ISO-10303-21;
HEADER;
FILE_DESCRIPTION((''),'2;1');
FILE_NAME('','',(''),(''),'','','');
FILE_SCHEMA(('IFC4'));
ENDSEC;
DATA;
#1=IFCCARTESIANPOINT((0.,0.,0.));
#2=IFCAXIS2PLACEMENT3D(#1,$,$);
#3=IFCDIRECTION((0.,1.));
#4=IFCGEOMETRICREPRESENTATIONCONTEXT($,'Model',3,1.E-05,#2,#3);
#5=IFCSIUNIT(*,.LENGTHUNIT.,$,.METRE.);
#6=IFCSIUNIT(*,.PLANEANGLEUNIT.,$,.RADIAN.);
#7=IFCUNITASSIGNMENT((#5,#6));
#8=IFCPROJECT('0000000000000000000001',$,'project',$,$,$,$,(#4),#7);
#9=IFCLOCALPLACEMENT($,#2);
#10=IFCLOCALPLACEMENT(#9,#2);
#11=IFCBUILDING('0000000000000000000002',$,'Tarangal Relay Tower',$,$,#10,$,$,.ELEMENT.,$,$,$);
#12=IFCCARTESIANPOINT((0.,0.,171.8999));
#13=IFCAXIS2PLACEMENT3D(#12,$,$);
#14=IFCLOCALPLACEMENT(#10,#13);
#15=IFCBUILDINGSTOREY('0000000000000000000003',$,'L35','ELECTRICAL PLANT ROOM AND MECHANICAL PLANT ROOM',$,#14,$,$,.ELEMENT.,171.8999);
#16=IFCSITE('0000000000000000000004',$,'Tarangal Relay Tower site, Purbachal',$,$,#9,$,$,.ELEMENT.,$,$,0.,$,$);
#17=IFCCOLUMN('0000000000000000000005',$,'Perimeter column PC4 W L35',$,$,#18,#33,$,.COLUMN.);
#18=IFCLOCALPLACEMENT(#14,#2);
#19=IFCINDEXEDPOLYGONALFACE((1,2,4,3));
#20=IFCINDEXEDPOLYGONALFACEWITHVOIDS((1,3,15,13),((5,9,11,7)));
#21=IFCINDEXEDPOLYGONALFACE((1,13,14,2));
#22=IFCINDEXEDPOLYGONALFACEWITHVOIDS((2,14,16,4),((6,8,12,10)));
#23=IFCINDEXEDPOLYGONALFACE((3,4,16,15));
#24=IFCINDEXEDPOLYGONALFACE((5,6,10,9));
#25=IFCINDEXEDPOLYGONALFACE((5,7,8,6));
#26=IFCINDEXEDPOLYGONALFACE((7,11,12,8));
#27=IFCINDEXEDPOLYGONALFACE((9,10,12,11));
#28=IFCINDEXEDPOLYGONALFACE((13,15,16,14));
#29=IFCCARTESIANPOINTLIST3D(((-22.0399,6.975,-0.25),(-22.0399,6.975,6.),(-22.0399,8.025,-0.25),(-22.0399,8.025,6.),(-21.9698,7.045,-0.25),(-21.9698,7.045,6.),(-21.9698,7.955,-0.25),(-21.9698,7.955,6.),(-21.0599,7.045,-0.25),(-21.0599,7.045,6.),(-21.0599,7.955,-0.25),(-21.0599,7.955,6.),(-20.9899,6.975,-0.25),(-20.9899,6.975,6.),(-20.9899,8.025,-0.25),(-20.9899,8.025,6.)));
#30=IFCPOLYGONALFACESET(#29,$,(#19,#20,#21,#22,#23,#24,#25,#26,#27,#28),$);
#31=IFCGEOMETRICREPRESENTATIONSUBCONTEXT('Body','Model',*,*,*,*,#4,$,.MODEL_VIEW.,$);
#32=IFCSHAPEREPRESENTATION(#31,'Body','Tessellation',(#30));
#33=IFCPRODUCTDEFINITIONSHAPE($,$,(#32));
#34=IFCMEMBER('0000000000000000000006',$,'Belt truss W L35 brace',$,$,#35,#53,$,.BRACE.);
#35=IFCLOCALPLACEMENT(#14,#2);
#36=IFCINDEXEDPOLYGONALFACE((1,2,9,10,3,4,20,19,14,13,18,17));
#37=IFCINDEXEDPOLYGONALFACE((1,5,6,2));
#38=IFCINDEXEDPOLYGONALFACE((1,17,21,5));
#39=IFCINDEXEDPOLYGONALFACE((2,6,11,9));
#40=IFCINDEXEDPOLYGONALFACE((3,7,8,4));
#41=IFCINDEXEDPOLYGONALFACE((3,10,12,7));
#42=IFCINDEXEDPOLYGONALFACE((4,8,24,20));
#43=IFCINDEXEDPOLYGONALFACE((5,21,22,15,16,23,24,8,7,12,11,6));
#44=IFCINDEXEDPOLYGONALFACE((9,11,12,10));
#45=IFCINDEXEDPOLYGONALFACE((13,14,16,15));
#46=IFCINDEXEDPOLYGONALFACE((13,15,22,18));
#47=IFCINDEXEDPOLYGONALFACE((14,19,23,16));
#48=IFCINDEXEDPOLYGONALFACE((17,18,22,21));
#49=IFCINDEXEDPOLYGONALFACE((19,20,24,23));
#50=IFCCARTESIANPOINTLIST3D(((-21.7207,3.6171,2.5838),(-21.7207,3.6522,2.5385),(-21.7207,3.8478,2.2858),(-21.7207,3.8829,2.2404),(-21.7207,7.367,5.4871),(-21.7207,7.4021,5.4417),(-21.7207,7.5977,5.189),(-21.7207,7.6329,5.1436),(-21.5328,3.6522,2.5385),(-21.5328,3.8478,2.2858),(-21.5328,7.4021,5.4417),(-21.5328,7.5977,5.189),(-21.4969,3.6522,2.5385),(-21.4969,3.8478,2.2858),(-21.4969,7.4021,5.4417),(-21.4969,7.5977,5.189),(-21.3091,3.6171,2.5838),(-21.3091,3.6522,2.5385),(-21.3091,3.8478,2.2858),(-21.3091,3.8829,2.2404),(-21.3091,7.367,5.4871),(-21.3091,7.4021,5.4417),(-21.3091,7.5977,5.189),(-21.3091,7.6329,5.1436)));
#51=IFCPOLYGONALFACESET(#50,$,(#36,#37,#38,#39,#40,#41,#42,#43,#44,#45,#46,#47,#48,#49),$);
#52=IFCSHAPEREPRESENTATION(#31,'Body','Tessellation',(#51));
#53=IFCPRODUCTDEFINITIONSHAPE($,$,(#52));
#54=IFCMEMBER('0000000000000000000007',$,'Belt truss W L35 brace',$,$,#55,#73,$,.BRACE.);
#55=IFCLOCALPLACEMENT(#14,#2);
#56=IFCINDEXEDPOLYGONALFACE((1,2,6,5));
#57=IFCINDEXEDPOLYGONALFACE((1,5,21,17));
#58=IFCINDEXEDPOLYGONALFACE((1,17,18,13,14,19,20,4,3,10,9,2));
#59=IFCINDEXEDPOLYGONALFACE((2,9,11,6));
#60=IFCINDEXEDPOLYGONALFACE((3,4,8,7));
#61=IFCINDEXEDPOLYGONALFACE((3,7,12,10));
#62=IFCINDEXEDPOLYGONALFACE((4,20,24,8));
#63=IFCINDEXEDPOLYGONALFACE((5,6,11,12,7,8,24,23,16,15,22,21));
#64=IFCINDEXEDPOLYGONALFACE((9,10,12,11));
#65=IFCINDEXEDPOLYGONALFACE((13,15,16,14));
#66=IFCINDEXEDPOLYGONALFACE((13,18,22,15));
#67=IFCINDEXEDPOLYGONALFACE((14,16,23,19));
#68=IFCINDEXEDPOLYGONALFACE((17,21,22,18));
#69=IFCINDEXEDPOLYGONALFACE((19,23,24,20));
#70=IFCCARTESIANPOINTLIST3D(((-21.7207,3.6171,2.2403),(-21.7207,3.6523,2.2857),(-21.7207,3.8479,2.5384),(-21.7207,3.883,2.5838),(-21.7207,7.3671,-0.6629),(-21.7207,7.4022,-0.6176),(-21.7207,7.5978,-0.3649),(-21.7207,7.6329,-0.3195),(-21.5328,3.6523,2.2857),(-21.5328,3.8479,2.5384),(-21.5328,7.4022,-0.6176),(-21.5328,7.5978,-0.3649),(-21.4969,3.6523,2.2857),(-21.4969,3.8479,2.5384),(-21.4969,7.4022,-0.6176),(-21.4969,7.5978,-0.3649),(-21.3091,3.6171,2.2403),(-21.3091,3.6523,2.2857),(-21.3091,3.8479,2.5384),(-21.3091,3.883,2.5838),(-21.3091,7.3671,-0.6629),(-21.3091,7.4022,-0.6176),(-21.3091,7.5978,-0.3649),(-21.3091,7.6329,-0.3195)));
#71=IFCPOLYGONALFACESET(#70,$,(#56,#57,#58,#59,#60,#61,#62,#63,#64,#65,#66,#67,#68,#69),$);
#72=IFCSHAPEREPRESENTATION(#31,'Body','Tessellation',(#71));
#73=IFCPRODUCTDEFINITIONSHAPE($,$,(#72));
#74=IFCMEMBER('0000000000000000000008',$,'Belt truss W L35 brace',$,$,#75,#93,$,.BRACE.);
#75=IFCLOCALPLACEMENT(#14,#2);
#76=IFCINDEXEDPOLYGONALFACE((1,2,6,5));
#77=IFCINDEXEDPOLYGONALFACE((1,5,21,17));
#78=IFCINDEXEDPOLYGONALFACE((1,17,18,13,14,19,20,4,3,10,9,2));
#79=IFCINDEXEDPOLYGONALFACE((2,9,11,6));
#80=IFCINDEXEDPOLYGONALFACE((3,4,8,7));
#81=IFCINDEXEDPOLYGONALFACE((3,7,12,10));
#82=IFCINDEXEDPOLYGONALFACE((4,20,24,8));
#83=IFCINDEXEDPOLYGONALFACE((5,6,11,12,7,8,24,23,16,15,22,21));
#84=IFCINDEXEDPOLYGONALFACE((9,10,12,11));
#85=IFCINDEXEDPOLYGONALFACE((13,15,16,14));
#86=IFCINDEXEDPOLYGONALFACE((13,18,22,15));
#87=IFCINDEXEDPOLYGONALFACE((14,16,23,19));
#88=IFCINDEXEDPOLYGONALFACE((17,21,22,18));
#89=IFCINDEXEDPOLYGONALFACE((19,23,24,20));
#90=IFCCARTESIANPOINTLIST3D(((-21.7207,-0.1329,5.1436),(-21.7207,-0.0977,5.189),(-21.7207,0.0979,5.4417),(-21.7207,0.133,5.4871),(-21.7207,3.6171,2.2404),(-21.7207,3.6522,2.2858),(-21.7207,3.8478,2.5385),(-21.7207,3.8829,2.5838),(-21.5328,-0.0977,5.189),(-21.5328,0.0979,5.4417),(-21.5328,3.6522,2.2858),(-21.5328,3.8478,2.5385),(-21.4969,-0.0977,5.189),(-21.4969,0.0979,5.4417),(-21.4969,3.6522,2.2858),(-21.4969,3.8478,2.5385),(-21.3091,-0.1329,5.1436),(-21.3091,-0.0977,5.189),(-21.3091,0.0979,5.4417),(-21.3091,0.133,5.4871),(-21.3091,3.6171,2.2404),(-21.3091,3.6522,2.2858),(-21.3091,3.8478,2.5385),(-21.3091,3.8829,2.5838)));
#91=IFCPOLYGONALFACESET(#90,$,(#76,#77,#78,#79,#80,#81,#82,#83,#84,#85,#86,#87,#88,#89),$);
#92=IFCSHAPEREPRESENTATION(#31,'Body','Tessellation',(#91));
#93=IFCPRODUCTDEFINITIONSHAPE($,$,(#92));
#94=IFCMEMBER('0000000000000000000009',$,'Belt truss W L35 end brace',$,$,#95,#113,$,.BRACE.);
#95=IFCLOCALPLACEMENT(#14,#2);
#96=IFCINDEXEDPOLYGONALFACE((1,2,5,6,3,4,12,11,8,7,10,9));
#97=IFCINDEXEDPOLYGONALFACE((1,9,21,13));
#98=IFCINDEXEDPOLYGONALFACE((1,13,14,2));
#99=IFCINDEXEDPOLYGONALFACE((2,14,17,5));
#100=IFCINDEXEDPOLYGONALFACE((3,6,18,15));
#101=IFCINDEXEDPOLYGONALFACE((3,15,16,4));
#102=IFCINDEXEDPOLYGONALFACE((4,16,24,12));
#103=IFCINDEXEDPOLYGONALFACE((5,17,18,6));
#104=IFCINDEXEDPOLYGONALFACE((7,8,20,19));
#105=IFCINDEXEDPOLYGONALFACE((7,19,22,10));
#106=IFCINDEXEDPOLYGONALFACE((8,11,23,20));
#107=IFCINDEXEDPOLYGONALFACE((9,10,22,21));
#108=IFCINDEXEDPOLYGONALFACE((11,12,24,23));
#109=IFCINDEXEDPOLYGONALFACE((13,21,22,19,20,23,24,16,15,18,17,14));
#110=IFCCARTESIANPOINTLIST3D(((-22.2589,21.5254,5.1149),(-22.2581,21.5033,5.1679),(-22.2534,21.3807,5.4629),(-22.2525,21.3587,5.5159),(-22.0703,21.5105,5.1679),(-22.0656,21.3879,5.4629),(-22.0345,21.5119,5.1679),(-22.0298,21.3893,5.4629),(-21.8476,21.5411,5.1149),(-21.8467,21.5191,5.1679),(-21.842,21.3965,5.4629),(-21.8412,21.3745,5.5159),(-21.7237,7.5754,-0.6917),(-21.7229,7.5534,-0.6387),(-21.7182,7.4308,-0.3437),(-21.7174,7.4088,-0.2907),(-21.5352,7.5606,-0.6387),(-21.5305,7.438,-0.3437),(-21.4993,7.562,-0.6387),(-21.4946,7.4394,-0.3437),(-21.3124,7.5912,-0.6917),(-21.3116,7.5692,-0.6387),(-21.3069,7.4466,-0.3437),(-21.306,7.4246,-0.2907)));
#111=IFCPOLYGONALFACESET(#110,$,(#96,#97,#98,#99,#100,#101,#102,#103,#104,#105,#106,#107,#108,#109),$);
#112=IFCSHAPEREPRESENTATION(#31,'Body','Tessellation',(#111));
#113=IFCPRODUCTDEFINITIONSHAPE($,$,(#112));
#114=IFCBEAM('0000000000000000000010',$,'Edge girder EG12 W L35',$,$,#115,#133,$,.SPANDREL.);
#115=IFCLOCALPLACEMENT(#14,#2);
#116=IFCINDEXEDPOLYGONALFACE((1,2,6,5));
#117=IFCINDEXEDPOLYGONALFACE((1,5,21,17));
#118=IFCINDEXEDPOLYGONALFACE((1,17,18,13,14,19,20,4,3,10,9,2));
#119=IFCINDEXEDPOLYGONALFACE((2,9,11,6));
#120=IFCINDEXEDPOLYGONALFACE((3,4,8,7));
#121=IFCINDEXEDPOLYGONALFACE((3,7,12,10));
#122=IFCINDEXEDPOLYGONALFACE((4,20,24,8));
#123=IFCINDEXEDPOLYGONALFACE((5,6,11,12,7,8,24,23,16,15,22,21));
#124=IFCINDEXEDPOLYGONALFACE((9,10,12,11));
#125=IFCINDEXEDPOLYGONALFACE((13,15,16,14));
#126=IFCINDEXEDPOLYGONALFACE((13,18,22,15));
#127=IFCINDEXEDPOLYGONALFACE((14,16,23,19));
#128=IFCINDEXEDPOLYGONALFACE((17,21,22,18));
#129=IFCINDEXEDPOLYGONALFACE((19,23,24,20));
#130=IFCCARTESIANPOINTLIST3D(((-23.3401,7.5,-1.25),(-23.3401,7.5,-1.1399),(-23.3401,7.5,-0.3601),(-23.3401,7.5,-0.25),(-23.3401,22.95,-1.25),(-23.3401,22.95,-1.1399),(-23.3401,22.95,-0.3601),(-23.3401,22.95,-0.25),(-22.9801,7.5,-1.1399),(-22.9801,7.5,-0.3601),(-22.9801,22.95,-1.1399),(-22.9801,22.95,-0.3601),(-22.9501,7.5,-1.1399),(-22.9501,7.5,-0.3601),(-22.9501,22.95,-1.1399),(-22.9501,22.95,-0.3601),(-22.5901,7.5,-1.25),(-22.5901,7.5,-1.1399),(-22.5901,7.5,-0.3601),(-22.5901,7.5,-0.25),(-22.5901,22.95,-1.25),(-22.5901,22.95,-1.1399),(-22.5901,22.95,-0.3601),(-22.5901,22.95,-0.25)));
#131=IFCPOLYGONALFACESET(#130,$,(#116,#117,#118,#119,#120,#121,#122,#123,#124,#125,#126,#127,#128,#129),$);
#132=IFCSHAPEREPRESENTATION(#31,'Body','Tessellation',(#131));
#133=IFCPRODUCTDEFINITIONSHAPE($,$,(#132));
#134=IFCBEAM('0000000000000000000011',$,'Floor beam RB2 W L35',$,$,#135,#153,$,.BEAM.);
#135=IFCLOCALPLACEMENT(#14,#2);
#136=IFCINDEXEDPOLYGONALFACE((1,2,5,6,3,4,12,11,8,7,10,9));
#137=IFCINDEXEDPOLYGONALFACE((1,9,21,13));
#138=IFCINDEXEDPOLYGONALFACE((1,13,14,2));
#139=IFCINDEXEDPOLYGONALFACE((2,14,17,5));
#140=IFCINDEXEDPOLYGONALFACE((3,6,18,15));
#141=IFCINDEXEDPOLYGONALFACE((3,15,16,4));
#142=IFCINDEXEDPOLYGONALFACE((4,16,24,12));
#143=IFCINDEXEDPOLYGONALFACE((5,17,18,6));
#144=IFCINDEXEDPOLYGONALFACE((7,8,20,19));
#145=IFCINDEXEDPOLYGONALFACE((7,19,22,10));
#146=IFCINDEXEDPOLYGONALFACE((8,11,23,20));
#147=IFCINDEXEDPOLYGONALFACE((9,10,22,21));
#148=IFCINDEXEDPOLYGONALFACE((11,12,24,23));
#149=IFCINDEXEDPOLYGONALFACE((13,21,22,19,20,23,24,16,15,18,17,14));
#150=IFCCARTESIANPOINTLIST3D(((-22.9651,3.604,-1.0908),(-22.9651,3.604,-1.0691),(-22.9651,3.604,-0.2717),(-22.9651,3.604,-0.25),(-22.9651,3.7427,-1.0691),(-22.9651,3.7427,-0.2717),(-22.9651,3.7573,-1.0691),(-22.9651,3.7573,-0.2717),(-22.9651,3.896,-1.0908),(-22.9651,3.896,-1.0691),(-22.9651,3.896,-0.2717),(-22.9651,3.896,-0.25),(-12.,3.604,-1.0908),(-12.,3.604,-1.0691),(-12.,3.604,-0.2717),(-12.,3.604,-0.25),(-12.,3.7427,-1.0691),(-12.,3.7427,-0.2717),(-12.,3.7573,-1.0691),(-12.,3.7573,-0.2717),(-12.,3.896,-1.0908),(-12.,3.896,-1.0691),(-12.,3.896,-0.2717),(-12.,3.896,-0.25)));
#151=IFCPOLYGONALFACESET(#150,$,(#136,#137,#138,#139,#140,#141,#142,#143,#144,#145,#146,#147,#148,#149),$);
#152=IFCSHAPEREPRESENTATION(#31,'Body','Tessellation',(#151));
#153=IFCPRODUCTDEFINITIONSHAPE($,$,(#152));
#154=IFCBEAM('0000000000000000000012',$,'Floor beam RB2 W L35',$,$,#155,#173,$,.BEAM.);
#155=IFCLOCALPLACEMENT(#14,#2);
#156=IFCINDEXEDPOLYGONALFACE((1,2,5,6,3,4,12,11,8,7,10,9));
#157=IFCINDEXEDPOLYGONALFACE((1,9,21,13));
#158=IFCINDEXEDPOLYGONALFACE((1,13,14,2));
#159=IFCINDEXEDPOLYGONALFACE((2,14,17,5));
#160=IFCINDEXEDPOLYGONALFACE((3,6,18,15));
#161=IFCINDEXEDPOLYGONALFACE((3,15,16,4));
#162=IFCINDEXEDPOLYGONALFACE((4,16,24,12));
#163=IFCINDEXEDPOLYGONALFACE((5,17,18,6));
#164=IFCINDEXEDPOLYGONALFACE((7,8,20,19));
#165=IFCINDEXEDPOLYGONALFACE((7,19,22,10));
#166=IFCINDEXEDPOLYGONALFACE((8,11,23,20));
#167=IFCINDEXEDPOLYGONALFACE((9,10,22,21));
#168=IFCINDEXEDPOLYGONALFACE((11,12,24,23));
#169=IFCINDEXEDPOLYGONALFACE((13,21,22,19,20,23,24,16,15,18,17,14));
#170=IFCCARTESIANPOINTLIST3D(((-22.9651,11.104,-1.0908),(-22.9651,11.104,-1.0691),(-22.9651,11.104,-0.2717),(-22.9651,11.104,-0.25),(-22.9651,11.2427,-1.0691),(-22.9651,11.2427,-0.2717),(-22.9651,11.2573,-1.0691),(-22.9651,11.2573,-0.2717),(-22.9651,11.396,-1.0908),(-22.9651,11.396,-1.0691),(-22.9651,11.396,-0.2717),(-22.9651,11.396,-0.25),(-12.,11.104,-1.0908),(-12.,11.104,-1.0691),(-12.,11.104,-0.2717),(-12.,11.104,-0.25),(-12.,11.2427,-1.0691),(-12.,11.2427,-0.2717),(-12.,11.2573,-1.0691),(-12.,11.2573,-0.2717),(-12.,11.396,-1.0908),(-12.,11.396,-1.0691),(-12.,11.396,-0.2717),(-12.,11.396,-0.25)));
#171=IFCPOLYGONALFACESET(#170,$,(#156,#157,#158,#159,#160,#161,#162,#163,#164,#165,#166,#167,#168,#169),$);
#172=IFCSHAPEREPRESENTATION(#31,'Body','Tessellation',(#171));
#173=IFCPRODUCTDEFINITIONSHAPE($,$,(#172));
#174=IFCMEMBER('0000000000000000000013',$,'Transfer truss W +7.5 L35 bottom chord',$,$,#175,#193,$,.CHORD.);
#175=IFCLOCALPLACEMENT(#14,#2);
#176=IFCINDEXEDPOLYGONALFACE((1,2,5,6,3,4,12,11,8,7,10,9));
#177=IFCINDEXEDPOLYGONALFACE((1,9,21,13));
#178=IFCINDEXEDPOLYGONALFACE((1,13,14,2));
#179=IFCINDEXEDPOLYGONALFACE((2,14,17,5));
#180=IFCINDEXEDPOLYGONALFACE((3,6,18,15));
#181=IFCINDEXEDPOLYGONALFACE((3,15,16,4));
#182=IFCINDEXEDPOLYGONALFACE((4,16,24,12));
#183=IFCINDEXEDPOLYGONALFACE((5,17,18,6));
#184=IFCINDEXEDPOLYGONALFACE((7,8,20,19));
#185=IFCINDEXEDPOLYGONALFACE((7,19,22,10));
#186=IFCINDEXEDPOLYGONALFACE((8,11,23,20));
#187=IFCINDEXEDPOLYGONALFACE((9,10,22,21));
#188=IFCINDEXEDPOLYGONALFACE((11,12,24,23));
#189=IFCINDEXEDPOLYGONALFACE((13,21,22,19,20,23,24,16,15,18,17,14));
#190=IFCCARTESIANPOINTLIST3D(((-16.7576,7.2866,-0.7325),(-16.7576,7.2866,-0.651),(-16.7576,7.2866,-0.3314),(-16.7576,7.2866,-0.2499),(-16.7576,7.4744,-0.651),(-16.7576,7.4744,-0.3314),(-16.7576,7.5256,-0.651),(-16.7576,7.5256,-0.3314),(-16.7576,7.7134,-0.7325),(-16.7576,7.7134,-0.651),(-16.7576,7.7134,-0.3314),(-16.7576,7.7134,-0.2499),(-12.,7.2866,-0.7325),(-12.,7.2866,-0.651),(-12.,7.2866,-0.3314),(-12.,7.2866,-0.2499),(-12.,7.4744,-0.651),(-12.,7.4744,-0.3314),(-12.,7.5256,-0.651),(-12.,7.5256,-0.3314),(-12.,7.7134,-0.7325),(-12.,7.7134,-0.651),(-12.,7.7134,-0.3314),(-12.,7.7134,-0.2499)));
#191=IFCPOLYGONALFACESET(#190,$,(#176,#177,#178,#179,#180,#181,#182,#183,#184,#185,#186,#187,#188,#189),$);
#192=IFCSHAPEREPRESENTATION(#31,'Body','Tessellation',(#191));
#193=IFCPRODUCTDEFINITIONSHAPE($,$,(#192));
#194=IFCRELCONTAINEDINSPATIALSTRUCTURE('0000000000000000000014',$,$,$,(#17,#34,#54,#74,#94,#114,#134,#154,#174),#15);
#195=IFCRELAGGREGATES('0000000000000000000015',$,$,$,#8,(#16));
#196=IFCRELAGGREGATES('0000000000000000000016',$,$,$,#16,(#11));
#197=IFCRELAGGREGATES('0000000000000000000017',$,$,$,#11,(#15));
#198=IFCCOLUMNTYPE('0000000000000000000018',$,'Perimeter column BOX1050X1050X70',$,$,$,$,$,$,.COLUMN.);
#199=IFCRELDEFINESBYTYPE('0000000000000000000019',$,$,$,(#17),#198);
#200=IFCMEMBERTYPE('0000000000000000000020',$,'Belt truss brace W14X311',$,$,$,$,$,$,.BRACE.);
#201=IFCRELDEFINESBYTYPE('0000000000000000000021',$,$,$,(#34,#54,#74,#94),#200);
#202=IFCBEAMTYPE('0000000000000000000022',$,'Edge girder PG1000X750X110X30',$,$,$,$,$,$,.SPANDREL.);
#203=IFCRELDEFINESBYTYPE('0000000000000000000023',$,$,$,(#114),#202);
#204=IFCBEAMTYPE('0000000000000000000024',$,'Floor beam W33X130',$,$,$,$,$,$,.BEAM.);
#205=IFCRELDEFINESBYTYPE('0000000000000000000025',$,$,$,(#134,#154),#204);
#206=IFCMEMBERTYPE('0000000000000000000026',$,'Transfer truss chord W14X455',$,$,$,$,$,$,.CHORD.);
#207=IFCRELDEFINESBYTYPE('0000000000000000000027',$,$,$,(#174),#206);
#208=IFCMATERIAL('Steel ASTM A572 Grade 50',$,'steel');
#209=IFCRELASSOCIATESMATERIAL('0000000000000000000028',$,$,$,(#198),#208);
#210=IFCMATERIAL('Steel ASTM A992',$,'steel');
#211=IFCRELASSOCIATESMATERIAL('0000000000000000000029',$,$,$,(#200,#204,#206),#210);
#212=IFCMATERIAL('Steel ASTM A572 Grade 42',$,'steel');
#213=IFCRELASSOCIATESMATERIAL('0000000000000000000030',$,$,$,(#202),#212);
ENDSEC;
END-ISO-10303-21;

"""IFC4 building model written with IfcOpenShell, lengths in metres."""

from ifc_helpers import new_model, si_unit, direction, frame, origin, origin_2d, place, context, subcontext, project, spatial, hollow_rectangle, i_section, extrude, material, material_profile, profile_set, type_object, element, save


model = new_model("IFC4")

# Units and contexts
model_context = context("Model", 3, precision=1e-05, world=origin(), true_north=direction((0.0, 1.0)))
body_context = subcontext(model_context, "Body", "Model", "MODEL_VIEW")
ifc_project = project(units=[si_unit("LENGTHUNIT", "METRE"), si_unit("PLANEANGLEUNIT", "RADIAN")], contexts=[model_context])

# Site, building, storey
site_placement = place(None, origin())
site = spatial("IfcSite", under=ifc_project, at=site_placement, Name="Tarangal Relay Tower site, Purbachal", CompositionType="ELEMENT", RefElevation=0.0)
building_placement = place(site_placement, origin())
building = spatial("IfcBuilding", under=site, at=building_placement, Name="Tarangal Relay Tower", CompositionType="ELEMENT")
storey_placement = place(building_placement, frame((0.0, 0.0, 171.8999)))
storey = spatial("IfcBuildingStorey", under=building, at=storey_placement, Name="L35", Description="ELECTRICAL PLANT ROOM AND MECHANICAL PLANT ROOM", CompositionType="ELEMENT", Elevation=171.8999)

# Column
ifc_material_1 = material(Name="Steel ASTM A572 Grade 50", Category="steel")
ifc_material_profile_1 = material_profile(ifc_material_1, hollow_rectangle(XDim=1.05, YDim=1.05, WallThickness=0.0701, at=origin_2d()), Name="BOX1050X1050X70")
ifc_profile_set_1 = profile_set([ifc_material_profile_1], Name="Steel ASTM A572 Grade 50")
column_type = type_object("IfcColumnType", Name="Perimeter column BOX1050X1050X70", PredefinedType="COLUMN", material=ifc_profile_set_1)
column_placement = place(storey_placement, frame((-21.5149, 7.5, -0.25), z_axis=(0.0, 0.0, 1.0), x_axis=(1.0, 0.0, 0.0)))
element("IfcColumn", 1, at=column_placement, inside=storey, type_object=column_type, Name="Perimeter column PC4 W L35", PredefinedType="COLUMN", context=body_context, shape_type="SweptSolid", body=[
    extrude(hollow_rectangle(XDim=1.05, YDim=1.05, WallThickness=0.0701, at=origin_2d()), origin(), (0.0, 0.0, 1.0), 6.25),
])

# Members
ifc_material_2 = material(Name="Steel ASTM A992", Category="steel")
ifc_material_profile_2 = material_profile(ifc_material_2, i_section(OverallWidth=0.4116, OverallDepth=0.4343, WebThickness=0.0359, FlangeThickness=0.0574, at=origin_2d()), Name="W14X311")
ifc_profile_set_2 = profile_set([ifc_material_profile_2], Name="Steel ASTM A992")
member_type_1 = type_object("IfcMemberType", Name="Belt truss brace W14X311", PredefinedType="BRACE", material=ifc_profile_set_2)
for number, where, z_axis, x_axis, name in (
    (2, (-21.5149, 3.75, 2.4121), (0.0, 0.790714, 0.612186), (-1.0, 0.0, 0.0), "Belt truss W L35 brace"),
    (3, (-21.5149, 7.5, -0.4912), (0.0, -0.790714, 0.612186), (1.0, 0.0, 0.0), "Belt truss W L35 brace"),
    (4, (-21.5149, 3.75, 2.4121), (0.0, -0.790714, 0.612186), (1.0, 0.0, 0.0), "Belt truss W L35 brace"),
):
    element("IfcMember", number, at=place(storey_placement, frame(where, z_axis=z_axis, x_axis=x_axis)), inside=storey, type_object=member_type_1, Name=name, PredefinedType="BRACE", context=body_context, shape_type="SweptSolid", body=[
        extrude(i_section(OverallWidth=0.4116, OverallDepth=0.4343, WebThickness=0.0359, FlangeThickness=0.0574, at=origin_2d()), origin(), (0.0, 0.0, 1.0), 4.7424),
    ])
member_1_placement = place(storey_placement, frame((-21.5149, 7.5, -0.4912), z_axis=(-0.035395, 0.922636, 0.384045), x_axis=(-0.999265, -0.038334, 0.0)))
element("IfcMember", 5, at=member_1_placement, inside=storey, type_object=member_type_1, Name="Belt truss W L35 end brace", PredefinedType="BRACE", context=body_context, shape_type="SweptSolid", body=[
    extrude(i_section(OverallWidth=0.4116, OverallDepth=0.4343, WebThickness=0.0359, FlangeThickness=0.0574, at=origin_2d()), origin(), (0.0, 0.0, 1.0), 15.1196),
])

# Beams
ifc_material_3 = material(Name="Steel ASTM A572 Grade 42", Category="steel")
ifc_material_profile_3 = material_profile(ifc_material_3, i_section(OverallWidth=0.75, OverallDepth=1.0, WebThickness=0.03, FlangeThickness=0.1101, at=origin_2d()), Name="PG1000X750X110X30")
ifc_profile_set_3 = profile_set([ifc_material_profile_3], Name="Steel ASTM A572 Grade 42")
beam_type_1 = type_object("IfcBeamType", Name="Edge girder PG1000X750X110X30", PredefinedType="SPANDREL", material=ifc_profile_set_3)
beam_placement = place(storey_placement, frame((-22.9651, 7.5, -0.75), z_axis=(0.0, 1.0, 0.0), x_axis=(-1.0, 0.0, 0.0)))
element("IfcBeam", 6, at=beam_placement, inside=storey, type_object=beam_type_1, Name="Edge girder EG12 W L35", PredefinedType="SPANDREL", context=body_context, shape_type="SweptSolid", body=[
    extrude(i_section(OverallWidth=0.75, OverallDepth=1.0, WebThickness=0.03, FlangeThickness=0.1101, at=origin_2d()), origin(), (0.0, 0.0, 1.0), 15.45),
])
ifc_material_profile_4 = material_profile(ifc_material_2, i_section(OverallWidth=0.292, OverallDepth=0.8408, WebThickness=0.0146, FlangeThickness=0.0217, at=origin_2d()), Name="W33X130")
ifc_profile_set_4 = profile_set([ifc_material_profile_4], Name="Steel ASTM A992")
beam_type_2 = type_object("IfcBeamType", Name="Floor beam W33X130", PredefinedType="BEAM", material=ifc_profile_set_4)
for number, where, z_axis, x_axis, name in (
    (7, (-12.0, 3.75, -0.6704), (-1.0, 0.0, 0.0), (0.0, -1.0, 0.0), "Floor beam RB2 W L35"),
    (8, (-12.0, 11.25, -0.6704), (-1.0, 0.0, 0.0), (0.0, -1.0, 0.0), "Floor beam RB2 W L35"),
):
    element("IfcBeam", number, at=place(storey_placement, frame(where, z_axis=z_axis, x_axis=x_axis)), inside=storey, type_object=beam_type_2, Name=name, PredefinedType="BEAM", context=body_context, shape_type="SweptSolid", body=[
        extrude(i_section(OverallWidth=0.292, OverallDepth=0.8408, WebThickness=0.0146, FlangeThickness=0.0217, at=origin_2d()), origin(), (0.0, 0.0, 1.0), 10.9651),
    ])

# Member
ifc_material_profile_5 = material_profile(ifc_material_2, i_section(OverallWidth=0.4268, OverallDepth=0.4827, WebThickness=0.0513, FlangeThickness=0.0815, at=origin_2d()), Name="W14X455")
ifc_profile_set_5 = profile_set([ifc_material_profile_5], Name="Steel ASTM A992")
member_type_2 = type_object("IfcMemberType", Name="Transfer truss chord W14X455", PredefinedType="CHORD", material=ifc_profile_set_5)
member_2_placement = place(storey_placement, frame((-12.0, 7.5, -0.4912), z_axis=(-1.0, 0.0, 0.0), x_axis=(0.0, -1.0, 0.0)))
element("IfcMember", 9, at=member_2_placement, inside=storey, type_object=member_type_2, Name="Transfer truss W +7.5 L35 bottom chord", PredefinedType="CHORD", context=body_context, shape_type="SweptSolid", body=[
    extrude(i_section(OverallWidth=0.4268, OverallDepth=0.4827, WebThickness=0.0513, FlangeThickness=0.0815, at=origin_2d()), origin(), (0.0, 0.0, 1.0), 4.7576),
])

save(model, "model.ifc")
